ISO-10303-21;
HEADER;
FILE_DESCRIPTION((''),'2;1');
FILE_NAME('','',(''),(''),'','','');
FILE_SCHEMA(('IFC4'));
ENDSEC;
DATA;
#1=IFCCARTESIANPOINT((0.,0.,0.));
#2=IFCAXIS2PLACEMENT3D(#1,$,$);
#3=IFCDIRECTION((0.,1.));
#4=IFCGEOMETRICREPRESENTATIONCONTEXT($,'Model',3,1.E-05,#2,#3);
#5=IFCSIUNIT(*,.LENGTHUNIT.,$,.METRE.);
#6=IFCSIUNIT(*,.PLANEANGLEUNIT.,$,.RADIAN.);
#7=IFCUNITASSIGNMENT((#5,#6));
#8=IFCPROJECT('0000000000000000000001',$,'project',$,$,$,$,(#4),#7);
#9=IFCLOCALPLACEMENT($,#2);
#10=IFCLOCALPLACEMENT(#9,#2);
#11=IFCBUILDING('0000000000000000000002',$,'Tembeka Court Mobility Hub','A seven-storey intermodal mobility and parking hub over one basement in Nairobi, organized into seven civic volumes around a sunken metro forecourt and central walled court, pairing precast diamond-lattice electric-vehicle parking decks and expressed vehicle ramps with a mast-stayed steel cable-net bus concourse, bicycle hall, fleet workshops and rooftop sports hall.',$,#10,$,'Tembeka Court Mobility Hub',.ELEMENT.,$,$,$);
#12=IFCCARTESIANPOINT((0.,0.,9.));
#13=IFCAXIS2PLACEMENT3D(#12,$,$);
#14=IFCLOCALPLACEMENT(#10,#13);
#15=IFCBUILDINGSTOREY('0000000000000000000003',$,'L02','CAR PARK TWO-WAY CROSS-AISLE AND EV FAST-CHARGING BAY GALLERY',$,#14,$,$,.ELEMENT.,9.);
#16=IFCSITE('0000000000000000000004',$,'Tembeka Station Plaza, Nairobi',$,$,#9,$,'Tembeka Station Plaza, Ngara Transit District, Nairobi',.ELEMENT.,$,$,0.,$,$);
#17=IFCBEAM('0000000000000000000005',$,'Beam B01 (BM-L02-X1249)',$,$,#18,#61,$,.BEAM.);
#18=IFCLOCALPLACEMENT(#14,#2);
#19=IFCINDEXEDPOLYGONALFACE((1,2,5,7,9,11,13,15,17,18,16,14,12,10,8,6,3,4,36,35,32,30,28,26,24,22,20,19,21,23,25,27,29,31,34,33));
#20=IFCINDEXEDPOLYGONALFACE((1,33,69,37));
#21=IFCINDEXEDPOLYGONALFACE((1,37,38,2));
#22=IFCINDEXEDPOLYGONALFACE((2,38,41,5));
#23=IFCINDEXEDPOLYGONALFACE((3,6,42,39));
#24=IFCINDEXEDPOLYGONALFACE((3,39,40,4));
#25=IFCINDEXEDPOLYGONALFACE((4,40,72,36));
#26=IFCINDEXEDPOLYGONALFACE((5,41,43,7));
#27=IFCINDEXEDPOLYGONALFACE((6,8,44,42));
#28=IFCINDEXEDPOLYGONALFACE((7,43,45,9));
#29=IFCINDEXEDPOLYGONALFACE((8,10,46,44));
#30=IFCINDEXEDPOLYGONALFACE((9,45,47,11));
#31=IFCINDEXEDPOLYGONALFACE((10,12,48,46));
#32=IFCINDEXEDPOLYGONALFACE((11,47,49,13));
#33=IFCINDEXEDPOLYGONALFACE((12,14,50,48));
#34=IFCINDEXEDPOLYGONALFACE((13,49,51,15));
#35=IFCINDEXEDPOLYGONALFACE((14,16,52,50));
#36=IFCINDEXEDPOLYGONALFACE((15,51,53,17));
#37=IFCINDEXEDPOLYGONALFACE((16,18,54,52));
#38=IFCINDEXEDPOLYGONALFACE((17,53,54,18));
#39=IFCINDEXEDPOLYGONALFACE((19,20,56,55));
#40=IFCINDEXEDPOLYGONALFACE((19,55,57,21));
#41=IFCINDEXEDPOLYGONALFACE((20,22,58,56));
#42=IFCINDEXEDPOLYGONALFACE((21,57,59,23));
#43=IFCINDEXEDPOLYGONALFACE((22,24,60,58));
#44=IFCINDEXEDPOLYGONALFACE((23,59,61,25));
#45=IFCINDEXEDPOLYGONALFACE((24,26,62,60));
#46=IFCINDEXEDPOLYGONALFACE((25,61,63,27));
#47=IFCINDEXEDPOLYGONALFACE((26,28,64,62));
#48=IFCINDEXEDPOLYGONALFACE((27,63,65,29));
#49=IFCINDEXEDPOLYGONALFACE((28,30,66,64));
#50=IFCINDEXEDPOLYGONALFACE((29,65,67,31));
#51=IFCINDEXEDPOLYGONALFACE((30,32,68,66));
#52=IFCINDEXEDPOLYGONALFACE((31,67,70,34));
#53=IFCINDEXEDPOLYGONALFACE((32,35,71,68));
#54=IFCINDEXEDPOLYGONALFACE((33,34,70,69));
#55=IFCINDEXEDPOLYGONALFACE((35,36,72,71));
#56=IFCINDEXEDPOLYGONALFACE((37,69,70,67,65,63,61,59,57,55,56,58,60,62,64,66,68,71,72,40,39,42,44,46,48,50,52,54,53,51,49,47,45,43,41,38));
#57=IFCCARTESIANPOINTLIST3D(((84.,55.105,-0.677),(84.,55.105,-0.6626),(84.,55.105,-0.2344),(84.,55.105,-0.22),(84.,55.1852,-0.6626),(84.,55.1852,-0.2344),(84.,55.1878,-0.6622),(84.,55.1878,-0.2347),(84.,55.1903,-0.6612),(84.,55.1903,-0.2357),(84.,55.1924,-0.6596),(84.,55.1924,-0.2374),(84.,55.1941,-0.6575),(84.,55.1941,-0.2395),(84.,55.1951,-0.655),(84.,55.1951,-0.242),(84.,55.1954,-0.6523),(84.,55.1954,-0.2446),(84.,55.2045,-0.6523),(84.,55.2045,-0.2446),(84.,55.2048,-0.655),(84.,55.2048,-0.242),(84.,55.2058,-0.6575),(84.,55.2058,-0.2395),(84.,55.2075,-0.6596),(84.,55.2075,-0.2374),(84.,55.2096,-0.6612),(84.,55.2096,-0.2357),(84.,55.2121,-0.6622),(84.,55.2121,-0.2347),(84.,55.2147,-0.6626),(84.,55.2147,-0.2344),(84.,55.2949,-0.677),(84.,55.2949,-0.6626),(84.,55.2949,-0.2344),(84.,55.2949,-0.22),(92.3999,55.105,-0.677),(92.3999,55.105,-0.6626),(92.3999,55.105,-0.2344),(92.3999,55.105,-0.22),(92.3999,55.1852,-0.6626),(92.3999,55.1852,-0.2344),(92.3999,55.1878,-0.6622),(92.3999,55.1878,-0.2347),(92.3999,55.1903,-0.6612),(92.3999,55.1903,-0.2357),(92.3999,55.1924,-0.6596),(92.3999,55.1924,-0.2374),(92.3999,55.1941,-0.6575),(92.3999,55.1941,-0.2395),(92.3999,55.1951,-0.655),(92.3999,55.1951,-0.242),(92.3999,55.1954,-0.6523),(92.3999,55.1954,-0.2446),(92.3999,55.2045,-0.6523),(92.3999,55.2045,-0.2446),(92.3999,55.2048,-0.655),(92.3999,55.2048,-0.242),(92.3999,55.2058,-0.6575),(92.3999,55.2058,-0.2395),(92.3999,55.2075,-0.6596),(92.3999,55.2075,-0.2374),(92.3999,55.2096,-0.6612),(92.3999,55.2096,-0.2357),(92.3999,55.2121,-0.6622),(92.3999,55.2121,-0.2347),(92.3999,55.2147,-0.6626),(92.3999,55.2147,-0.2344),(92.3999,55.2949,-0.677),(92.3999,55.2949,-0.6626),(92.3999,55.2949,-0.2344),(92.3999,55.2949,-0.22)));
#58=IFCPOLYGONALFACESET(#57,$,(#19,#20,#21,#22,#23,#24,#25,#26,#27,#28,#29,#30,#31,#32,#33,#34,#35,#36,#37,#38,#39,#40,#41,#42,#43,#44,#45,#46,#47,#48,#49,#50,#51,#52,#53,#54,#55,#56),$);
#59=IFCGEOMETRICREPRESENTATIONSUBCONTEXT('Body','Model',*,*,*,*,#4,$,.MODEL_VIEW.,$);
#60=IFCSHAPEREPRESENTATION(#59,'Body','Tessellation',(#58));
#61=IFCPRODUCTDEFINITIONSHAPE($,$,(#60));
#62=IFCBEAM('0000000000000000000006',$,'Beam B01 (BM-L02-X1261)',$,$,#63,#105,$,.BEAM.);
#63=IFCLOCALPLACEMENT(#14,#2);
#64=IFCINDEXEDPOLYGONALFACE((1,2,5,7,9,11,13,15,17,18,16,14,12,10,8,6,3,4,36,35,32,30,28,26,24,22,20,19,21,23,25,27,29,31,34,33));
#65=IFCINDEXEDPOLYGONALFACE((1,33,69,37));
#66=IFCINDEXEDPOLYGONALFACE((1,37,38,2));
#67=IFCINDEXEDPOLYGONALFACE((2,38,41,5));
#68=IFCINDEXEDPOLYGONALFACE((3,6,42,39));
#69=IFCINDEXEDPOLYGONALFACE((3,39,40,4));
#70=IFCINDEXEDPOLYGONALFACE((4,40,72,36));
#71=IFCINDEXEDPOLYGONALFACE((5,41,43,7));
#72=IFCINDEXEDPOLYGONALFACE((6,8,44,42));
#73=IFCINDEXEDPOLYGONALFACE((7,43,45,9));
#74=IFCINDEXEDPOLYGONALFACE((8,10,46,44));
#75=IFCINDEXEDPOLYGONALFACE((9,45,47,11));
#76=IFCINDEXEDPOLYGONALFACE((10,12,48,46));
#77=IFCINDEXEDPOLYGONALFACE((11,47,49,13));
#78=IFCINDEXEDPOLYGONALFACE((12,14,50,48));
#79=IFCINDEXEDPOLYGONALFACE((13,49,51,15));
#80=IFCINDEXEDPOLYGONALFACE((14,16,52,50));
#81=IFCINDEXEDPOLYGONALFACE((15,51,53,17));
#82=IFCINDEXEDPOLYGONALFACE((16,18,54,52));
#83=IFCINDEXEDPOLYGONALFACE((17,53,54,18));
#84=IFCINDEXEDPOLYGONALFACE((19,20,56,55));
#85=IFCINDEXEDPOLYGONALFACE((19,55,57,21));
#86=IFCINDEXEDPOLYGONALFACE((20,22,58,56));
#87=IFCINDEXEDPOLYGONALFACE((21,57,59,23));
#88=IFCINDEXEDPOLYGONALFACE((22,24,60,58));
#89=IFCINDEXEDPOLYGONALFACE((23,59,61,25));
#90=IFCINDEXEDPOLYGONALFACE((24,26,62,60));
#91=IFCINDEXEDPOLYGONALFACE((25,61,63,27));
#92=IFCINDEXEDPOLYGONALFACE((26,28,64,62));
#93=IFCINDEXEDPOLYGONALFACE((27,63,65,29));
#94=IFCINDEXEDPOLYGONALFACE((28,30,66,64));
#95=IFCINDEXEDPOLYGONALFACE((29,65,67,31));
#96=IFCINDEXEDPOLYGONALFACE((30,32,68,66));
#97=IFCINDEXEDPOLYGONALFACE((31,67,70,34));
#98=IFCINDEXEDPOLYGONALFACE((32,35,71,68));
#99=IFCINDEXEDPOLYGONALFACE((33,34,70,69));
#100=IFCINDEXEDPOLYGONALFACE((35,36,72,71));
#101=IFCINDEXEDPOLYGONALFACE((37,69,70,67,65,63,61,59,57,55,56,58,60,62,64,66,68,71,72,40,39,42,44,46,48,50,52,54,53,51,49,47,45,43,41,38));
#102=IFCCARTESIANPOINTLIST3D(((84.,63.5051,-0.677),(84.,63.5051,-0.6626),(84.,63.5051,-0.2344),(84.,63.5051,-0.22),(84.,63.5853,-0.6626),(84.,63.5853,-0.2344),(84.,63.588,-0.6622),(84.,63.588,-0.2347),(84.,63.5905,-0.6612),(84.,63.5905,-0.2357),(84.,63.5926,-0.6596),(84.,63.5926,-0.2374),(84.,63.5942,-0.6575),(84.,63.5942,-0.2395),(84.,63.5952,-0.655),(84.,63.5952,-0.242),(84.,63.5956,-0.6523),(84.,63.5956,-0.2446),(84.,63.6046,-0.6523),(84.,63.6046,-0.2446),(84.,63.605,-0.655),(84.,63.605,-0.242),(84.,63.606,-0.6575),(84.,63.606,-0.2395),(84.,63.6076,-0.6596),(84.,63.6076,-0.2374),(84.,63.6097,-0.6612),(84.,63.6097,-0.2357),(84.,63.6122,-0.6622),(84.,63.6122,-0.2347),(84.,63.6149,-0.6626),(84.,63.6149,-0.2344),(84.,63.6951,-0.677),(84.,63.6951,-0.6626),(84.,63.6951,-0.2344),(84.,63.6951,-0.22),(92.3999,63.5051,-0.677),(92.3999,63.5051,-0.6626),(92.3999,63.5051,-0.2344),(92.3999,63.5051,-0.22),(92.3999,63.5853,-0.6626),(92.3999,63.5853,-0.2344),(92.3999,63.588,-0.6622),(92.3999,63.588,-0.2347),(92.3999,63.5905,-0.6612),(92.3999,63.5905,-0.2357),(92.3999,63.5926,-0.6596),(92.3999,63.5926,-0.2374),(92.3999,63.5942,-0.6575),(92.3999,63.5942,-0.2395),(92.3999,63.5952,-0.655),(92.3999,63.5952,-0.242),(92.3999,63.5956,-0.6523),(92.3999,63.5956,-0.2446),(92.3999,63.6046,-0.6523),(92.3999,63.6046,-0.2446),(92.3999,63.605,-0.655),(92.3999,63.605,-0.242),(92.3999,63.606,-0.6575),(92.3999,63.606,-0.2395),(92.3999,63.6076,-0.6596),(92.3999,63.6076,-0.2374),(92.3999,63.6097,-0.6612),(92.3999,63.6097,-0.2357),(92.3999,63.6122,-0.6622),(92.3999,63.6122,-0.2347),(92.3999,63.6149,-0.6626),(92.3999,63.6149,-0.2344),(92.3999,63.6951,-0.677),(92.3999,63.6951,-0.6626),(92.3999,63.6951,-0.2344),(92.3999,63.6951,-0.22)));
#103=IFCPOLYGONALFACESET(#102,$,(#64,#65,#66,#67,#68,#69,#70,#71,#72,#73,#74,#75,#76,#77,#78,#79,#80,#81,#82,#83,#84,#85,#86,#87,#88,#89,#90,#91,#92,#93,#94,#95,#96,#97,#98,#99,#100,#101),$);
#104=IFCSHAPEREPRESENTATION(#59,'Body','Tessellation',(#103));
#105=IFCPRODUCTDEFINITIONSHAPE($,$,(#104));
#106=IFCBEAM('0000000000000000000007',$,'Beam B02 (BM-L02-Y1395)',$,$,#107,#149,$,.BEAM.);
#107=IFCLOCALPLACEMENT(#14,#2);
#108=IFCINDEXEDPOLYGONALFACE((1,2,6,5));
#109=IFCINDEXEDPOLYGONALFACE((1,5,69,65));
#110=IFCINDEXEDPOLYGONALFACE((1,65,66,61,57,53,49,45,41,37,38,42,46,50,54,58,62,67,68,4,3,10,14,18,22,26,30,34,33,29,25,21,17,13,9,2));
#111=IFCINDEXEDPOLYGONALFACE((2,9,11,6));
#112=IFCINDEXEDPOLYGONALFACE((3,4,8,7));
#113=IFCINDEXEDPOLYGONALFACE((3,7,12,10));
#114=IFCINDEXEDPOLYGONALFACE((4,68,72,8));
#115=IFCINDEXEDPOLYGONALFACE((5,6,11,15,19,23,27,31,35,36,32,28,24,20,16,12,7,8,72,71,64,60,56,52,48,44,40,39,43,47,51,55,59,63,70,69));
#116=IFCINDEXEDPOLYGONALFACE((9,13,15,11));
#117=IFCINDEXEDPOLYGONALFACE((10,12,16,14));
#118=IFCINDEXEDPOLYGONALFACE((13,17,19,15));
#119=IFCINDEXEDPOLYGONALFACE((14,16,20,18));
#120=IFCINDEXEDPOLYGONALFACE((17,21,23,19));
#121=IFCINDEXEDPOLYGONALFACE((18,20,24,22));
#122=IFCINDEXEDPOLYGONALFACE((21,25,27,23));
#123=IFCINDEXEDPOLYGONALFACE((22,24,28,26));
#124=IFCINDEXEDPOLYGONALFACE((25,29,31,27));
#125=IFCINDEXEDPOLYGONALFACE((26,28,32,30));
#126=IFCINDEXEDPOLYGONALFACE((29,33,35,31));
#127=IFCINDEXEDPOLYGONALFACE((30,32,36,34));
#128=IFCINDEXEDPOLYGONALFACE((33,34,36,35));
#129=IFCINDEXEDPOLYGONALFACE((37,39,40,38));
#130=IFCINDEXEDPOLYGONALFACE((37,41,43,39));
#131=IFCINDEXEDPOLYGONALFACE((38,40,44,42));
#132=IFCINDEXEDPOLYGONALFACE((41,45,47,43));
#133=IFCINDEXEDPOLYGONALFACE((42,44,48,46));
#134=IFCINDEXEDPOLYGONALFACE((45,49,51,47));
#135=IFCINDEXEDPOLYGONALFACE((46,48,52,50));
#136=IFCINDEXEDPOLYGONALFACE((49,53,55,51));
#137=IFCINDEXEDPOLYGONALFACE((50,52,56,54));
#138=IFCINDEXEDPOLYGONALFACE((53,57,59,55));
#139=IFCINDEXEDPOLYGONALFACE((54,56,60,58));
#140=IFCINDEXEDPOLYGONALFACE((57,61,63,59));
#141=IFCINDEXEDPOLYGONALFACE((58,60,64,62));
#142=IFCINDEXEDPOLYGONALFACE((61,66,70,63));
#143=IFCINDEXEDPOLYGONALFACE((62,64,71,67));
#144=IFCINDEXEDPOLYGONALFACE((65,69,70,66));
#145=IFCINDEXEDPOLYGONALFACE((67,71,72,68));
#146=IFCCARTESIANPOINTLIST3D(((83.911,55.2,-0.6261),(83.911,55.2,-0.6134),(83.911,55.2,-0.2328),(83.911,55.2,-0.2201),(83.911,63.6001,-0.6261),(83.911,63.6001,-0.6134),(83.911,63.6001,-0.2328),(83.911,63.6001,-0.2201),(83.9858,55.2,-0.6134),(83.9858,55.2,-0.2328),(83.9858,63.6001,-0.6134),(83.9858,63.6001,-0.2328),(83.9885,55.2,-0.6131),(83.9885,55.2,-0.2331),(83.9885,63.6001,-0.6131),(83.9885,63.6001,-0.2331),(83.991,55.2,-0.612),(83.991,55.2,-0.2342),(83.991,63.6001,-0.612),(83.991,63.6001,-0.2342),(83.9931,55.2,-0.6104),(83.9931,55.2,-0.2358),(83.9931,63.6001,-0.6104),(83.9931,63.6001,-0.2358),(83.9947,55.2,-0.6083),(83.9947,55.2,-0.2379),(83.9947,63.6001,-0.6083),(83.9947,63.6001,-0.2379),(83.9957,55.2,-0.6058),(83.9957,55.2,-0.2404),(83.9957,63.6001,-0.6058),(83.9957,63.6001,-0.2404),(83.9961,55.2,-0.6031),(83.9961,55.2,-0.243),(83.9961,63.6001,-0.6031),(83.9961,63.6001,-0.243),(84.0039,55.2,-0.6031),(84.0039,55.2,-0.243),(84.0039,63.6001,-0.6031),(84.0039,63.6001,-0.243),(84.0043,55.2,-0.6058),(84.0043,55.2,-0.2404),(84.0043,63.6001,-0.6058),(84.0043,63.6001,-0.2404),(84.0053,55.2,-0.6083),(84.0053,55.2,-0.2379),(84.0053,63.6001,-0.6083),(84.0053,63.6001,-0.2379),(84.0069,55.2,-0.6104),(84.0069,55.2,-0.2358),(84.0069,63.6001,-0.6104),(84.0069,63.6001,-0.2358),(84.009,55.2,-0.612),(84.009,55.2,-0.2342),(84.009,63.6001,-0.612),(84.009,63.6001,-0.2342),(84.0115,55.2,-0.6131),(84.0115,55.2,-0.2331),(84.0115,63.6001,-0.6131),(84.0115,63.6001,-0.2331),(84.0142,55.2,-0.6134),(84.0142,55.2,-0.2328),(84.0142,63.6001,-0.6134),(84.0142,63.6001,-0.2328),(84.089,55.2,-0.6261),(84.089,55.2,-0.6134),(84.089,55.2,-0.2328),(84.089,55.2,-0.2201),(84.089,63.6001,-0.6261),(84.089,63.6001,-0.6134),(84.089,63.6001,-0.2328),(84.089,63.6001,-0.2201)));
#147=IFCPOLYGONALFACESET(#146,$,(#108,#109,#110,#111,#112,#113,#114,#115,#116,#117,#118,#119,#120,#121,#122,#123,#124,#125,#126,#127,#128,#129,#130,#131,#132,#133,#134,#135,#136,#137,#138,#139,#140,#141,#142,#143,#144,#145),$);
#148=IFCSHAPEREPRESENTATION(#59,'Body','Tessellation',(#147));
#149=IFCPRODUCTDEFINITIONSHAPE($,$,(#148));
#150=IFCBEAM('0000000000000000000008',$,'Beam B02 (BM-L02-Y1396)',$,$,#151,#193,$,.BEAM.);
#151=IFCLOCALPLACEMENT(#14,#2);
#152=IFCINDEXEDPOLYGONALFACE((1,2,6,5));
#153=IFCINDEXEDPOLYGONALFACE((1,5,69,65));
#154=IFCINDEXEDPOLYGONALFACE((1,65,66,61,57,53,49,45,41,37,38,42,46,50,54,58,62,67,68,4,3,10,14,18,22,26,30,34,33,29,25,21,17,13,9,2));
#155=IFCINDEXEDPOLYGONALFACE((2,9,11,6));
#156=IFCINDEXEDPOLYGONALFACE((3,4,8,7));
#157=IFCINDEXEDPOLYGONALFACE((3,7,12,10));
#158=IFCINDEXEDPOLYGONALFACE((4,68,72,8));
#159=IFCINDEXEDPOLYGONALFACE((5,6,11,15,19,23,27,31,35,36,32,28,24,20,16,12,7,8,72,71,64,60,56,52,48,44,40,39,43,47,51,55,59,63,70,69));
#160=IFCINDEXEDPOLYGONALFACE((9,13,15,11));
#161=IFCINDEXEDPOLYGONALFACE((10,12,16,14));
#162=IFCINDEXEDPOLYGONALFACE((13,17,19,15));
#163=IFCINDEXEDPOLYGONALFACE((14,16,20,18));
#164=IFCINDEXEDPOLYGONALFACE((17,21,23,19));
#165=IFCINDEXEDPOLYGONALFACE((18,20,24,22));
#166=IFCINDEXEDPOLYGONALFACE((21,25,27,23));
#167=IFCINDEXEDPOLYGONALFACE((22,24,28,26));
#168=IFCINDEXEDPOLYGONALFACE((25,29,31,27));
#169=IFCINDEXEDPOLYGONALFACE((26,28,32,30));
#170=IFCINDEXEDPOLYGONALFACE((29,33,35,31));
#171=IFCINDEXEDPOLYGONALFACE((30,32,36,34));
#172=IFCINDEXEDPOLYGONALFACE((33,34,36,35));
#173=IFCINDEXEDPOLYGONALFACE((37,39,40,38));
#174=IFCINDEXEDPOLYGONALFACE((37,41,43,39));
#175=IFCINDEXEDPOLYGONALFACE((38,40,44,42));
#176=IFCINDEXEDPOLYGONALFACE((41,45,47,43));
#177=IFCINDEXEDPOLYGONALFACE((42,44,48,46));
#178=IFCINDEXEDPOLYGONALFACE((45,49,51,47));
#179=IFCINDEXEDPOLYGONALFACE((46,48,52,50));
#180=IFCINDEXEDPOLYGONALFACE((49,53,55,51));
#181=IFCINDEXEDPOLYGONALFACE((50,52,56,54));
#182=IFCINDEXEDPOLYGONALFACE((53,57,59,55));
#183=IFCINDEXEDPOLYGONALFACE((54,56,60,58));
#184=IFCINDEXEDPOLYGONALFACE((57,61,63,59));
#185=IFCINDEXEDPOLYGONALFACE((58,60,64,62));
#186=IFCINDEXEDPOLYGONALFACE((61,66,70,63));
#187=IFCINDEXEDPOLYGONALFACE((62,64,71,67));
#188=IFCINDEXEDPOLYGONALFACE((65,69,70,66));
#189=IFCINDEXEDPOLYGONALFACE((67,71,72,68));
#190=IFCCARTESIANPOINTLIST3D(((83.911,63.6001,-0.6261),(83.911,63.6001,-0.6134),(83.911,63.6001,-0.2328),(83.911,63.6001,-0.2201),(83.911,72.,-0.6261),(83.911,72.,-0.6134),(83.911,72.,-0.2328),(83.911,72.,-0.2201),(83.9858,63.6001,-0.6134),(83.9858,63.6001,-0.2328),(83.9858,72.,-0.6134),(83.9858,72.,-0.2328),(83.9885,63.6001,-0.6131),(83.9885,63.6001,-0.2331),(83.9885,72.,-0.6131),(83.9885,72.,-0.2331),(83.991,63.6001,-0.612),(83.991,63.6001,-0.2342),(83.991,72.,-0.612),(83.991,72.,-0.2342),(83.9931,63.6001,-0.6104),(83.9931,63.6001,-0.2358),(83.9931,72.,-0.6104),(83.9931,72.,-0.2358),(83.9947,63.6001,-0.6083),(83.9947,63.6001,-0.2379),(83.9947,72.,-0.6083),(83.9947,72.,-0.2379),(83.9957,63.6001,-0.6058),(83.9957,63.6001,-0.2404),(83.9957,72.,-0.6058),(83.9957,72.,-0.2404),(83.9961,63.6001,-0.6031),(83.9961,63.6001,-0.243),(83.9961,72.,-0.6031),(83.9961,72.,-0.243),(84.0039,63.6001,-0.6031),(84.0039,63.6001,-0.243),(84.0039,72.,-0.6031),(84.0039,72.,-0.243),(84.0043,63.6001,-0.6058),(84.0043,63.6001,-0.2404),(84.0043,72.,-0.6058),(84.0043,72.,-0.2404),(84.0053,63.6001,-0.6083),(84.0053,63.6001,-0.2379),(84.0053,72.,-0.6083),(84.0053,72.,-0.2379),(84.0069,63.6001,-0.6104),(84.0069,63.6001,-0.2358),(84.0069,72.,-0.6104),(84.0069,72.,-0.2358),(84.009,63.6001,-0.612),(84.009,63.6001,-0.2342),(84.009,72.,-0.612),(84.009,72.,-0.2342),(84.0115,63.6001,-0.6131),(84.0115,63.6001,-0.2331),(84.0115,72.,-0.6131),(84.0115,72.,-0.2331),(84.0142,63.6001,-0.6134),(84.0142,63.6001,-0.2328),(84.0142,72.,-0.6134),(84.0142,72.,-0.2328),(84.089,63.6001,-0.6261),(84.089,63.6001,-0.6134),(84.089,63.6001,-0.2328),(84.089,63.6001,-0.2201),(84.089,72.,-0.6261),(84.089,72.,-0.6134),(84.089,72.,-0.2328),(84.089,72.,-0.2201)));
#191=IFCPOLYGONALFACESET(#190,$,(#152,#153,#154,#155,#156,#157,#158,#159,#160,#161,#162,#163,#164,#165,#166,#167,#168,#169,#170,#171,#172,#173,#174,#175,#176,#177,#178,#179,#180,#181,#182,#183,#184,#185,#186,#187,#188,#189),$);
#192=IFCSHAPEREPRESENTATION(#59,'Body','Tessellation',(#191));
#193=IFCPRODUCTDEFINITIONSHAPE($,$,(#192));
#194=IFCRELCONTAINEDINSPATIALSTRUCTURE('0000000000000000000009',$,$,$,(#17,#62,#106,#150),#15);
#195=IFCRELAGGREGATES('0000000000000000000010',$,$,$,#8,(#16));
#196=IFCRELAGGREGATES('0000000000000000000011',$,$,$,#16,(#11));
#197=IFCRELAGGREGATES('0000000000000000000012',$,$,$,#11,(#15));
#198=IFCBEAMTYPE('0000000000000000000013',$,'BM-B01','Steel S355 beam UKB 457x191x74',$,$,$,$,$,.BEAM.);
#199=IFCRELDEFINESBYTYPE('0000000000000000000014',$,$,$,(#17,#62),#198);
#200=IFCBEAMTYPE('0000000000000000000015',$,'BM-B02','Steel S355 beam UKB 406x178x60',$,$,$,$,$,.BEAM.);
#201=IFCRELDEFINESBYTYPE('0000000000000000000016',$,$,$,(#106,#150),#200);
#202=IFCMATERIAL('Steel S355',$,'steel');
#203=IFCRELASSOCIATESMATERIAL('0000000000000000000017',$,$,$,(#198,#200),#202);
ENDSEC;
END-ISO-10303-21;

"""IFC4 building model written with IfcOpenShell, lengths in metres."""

from ifc_helpers import new_model, si_unit, direction, frame, origin, origin_2d, place, context, subcontext, project, spatial, i_section, extrude, material, material_profile, profile_set, type_object, element, save


model = new_model("IFC4")

# Units and contexts
model_context = context("Model", 3, precision=1e-05, world=origin(), true_north=direction((0.0, 1.0)))
body_context = subcontext(model_context, "Body", "Model", "MODEL_VIEW")
ifc_project = project(units=[si_unit("LENGTHUNIT", "METRE"), si_unit("PLANEANGLEUNIT", "RADIAN")], contexts=[model_context])

# Site, building, storey
site_placement = place(None, origin())
site = spatial("IfcSite", under=ifc_project, at=site_placement, Name="Tembeka Station Plaza, Nairobi", LongName="Tembeka Station Plaza, Ngara Transit District, Nairobi", CompositionType="ELEMENT", RefElevation=0.0)
building_placement = place(site_placement, origin())
building = spatial("IfcBuilding", under=site, at=building_placement, Name="Tembeka Court Mobility Hub", Description="A seven-storey intermodal mobility and parking hub over one basement in Nairobi, organized into seven civic volumes around a sunken metro forecourt and central walled court, pairing precast diamond-lattice electric-vehicle parking decks and expressed vehicle ramps with a mast-stayed steel cable-net bus concourse, bicycle hall, fleet workshops and rooftop sports hall.", LongName="Tembeka Court Mobility Hub", CompositionType="ELEMENT")
storey_placement = place(building_placement, frame((0.0, 0.0, 9.0)))
storey = spatial("IfcBuildingStorey", under=building, at=storey_placement, Name="L02", Description="CAR PARK TWO-WAY CROSS-AISLE AND EV FAST-CHARGING BAY GALLERY", CompositionType="ELEMENT", Elevation=9.0)

# Shared definitions
ifc_material_1 = material(Name="Steel S355", Category="steel")

# Beams
ifc_material_profile_1 = material_profile(ifc_material_1, i_section(OverallWidth=0.1899, OverallDepth=0.457, WebThickness=0.009, FlangeThickness=0.0144, FilletRadius=0.0103, at=origin_2d()), Name="UKB 457x191x74")
ifc_profile_set_1 = profile_set([ifc_material_profile_1], Name="Steel S355")
beam_type_1 = type_object("IfcBeamType", Name="BM-B01", Description="Steel S355 beam UKB 457x191x74", PredefinedType="BEAM", material=ifc_profile_set_1)
for number, where, z_axis, x_axis, name in (
    (1, (84.0, 55.2, -0.4485), (1.0, 0.0, 0.0), (0.0, 1.0, 0.0), "Beam B01 (BM-L02-X1249)"),
    (2, (84.0, 63.6001, -0.4485), (1.0, 0.0, 0.0), (0.0, 1.0, 0.0), "Beam B01 (BM-L02-X1261)"),
):
    element("IfcBeam", number, at=place(storey_placement, frame(where, z_axis=z_axis, x_axis=x_axis)), inside=storey, type_object=beam_type_1, Name=name, PredefinedType="BEAM", context=body_context, shape_type="SweptSolid", body=[
        extrude(i_section(OverallWidth=0.1899, OverallDepth=0.457, WebThickness=0.009, FlangeThickness=0.0144, FilletRadius=0.0103, at=origin_2d()), origin(), (0.0, 0.0, 1.0), 8.3999),
    ])
ifc_material_profile_2 = material_profile(ifc_material_1, i_section(OverallWidth=0.178, OverallDepth=0.406, WebThickness=0.0078, FlangeThickness=0.0127, FilletRadius=0.0103, at=origin_2d()), Name="UKB 406x178x60")
ifc_profile_set_2 = profile_set([ifc_material_profile_2], Name="Steel S355")
beam_type_2 = type_object("IfcBeamType", Name="BM-B02", Description="Steel S355 beam UKB 406x178x60", PredefinedType="BEAM", material=ifc_profile_set_2)
beam_1_placement = place(storey_placement, frame((84.0, 55.2, -0.4231), z_axis=(0.0, 1.0, 0.0), x_axis=(-1.0, 0.0, 0.0)))
element("IfcBeam", 3, at=beam_1_placement, inside=storey, type_object=beam_type_2, Name="Beam B02 (BM-L02-Y1395)", PredefinedType="BEAM", context=body_context, shape_type="SweptSolid", body=[
    extrude(i_section(OverallWidth=0.178, OverallDepth=0.406, WebThickness=0.0078, FlangeThickness=0.0127, FilletRadius=0.0103, at=origin_2d()), origin(), (0.0, 0.0, 1.0), 8.4001),
])
beam_2_placement = place(storey_placement, frame((84.0, 63.6001, -0.4231), z_axis=(0.0, 1.0, 0.0), x_axis=(-1.0, 0.0, 0.0)))
element("IfcBeam", 4, at=beam_2_placement, inside=storey, type_object=beam_type_2, Name="Beam B02 (BM-L02-Y1396)", PredefinedType="BEAM", context=body_context, shape_type="SweptSolid", body=[
    extrude(i_section(OverallWidth=0.178, OverallDepth=0.406, WebThickness=0.0078, FlangeThickness=0.0127, FilletRadius=0.0103, at=origin_2d()), origin(), (0.0, 0.0, 1.0), 8.3999),
])

save(model, "model.ifc")
